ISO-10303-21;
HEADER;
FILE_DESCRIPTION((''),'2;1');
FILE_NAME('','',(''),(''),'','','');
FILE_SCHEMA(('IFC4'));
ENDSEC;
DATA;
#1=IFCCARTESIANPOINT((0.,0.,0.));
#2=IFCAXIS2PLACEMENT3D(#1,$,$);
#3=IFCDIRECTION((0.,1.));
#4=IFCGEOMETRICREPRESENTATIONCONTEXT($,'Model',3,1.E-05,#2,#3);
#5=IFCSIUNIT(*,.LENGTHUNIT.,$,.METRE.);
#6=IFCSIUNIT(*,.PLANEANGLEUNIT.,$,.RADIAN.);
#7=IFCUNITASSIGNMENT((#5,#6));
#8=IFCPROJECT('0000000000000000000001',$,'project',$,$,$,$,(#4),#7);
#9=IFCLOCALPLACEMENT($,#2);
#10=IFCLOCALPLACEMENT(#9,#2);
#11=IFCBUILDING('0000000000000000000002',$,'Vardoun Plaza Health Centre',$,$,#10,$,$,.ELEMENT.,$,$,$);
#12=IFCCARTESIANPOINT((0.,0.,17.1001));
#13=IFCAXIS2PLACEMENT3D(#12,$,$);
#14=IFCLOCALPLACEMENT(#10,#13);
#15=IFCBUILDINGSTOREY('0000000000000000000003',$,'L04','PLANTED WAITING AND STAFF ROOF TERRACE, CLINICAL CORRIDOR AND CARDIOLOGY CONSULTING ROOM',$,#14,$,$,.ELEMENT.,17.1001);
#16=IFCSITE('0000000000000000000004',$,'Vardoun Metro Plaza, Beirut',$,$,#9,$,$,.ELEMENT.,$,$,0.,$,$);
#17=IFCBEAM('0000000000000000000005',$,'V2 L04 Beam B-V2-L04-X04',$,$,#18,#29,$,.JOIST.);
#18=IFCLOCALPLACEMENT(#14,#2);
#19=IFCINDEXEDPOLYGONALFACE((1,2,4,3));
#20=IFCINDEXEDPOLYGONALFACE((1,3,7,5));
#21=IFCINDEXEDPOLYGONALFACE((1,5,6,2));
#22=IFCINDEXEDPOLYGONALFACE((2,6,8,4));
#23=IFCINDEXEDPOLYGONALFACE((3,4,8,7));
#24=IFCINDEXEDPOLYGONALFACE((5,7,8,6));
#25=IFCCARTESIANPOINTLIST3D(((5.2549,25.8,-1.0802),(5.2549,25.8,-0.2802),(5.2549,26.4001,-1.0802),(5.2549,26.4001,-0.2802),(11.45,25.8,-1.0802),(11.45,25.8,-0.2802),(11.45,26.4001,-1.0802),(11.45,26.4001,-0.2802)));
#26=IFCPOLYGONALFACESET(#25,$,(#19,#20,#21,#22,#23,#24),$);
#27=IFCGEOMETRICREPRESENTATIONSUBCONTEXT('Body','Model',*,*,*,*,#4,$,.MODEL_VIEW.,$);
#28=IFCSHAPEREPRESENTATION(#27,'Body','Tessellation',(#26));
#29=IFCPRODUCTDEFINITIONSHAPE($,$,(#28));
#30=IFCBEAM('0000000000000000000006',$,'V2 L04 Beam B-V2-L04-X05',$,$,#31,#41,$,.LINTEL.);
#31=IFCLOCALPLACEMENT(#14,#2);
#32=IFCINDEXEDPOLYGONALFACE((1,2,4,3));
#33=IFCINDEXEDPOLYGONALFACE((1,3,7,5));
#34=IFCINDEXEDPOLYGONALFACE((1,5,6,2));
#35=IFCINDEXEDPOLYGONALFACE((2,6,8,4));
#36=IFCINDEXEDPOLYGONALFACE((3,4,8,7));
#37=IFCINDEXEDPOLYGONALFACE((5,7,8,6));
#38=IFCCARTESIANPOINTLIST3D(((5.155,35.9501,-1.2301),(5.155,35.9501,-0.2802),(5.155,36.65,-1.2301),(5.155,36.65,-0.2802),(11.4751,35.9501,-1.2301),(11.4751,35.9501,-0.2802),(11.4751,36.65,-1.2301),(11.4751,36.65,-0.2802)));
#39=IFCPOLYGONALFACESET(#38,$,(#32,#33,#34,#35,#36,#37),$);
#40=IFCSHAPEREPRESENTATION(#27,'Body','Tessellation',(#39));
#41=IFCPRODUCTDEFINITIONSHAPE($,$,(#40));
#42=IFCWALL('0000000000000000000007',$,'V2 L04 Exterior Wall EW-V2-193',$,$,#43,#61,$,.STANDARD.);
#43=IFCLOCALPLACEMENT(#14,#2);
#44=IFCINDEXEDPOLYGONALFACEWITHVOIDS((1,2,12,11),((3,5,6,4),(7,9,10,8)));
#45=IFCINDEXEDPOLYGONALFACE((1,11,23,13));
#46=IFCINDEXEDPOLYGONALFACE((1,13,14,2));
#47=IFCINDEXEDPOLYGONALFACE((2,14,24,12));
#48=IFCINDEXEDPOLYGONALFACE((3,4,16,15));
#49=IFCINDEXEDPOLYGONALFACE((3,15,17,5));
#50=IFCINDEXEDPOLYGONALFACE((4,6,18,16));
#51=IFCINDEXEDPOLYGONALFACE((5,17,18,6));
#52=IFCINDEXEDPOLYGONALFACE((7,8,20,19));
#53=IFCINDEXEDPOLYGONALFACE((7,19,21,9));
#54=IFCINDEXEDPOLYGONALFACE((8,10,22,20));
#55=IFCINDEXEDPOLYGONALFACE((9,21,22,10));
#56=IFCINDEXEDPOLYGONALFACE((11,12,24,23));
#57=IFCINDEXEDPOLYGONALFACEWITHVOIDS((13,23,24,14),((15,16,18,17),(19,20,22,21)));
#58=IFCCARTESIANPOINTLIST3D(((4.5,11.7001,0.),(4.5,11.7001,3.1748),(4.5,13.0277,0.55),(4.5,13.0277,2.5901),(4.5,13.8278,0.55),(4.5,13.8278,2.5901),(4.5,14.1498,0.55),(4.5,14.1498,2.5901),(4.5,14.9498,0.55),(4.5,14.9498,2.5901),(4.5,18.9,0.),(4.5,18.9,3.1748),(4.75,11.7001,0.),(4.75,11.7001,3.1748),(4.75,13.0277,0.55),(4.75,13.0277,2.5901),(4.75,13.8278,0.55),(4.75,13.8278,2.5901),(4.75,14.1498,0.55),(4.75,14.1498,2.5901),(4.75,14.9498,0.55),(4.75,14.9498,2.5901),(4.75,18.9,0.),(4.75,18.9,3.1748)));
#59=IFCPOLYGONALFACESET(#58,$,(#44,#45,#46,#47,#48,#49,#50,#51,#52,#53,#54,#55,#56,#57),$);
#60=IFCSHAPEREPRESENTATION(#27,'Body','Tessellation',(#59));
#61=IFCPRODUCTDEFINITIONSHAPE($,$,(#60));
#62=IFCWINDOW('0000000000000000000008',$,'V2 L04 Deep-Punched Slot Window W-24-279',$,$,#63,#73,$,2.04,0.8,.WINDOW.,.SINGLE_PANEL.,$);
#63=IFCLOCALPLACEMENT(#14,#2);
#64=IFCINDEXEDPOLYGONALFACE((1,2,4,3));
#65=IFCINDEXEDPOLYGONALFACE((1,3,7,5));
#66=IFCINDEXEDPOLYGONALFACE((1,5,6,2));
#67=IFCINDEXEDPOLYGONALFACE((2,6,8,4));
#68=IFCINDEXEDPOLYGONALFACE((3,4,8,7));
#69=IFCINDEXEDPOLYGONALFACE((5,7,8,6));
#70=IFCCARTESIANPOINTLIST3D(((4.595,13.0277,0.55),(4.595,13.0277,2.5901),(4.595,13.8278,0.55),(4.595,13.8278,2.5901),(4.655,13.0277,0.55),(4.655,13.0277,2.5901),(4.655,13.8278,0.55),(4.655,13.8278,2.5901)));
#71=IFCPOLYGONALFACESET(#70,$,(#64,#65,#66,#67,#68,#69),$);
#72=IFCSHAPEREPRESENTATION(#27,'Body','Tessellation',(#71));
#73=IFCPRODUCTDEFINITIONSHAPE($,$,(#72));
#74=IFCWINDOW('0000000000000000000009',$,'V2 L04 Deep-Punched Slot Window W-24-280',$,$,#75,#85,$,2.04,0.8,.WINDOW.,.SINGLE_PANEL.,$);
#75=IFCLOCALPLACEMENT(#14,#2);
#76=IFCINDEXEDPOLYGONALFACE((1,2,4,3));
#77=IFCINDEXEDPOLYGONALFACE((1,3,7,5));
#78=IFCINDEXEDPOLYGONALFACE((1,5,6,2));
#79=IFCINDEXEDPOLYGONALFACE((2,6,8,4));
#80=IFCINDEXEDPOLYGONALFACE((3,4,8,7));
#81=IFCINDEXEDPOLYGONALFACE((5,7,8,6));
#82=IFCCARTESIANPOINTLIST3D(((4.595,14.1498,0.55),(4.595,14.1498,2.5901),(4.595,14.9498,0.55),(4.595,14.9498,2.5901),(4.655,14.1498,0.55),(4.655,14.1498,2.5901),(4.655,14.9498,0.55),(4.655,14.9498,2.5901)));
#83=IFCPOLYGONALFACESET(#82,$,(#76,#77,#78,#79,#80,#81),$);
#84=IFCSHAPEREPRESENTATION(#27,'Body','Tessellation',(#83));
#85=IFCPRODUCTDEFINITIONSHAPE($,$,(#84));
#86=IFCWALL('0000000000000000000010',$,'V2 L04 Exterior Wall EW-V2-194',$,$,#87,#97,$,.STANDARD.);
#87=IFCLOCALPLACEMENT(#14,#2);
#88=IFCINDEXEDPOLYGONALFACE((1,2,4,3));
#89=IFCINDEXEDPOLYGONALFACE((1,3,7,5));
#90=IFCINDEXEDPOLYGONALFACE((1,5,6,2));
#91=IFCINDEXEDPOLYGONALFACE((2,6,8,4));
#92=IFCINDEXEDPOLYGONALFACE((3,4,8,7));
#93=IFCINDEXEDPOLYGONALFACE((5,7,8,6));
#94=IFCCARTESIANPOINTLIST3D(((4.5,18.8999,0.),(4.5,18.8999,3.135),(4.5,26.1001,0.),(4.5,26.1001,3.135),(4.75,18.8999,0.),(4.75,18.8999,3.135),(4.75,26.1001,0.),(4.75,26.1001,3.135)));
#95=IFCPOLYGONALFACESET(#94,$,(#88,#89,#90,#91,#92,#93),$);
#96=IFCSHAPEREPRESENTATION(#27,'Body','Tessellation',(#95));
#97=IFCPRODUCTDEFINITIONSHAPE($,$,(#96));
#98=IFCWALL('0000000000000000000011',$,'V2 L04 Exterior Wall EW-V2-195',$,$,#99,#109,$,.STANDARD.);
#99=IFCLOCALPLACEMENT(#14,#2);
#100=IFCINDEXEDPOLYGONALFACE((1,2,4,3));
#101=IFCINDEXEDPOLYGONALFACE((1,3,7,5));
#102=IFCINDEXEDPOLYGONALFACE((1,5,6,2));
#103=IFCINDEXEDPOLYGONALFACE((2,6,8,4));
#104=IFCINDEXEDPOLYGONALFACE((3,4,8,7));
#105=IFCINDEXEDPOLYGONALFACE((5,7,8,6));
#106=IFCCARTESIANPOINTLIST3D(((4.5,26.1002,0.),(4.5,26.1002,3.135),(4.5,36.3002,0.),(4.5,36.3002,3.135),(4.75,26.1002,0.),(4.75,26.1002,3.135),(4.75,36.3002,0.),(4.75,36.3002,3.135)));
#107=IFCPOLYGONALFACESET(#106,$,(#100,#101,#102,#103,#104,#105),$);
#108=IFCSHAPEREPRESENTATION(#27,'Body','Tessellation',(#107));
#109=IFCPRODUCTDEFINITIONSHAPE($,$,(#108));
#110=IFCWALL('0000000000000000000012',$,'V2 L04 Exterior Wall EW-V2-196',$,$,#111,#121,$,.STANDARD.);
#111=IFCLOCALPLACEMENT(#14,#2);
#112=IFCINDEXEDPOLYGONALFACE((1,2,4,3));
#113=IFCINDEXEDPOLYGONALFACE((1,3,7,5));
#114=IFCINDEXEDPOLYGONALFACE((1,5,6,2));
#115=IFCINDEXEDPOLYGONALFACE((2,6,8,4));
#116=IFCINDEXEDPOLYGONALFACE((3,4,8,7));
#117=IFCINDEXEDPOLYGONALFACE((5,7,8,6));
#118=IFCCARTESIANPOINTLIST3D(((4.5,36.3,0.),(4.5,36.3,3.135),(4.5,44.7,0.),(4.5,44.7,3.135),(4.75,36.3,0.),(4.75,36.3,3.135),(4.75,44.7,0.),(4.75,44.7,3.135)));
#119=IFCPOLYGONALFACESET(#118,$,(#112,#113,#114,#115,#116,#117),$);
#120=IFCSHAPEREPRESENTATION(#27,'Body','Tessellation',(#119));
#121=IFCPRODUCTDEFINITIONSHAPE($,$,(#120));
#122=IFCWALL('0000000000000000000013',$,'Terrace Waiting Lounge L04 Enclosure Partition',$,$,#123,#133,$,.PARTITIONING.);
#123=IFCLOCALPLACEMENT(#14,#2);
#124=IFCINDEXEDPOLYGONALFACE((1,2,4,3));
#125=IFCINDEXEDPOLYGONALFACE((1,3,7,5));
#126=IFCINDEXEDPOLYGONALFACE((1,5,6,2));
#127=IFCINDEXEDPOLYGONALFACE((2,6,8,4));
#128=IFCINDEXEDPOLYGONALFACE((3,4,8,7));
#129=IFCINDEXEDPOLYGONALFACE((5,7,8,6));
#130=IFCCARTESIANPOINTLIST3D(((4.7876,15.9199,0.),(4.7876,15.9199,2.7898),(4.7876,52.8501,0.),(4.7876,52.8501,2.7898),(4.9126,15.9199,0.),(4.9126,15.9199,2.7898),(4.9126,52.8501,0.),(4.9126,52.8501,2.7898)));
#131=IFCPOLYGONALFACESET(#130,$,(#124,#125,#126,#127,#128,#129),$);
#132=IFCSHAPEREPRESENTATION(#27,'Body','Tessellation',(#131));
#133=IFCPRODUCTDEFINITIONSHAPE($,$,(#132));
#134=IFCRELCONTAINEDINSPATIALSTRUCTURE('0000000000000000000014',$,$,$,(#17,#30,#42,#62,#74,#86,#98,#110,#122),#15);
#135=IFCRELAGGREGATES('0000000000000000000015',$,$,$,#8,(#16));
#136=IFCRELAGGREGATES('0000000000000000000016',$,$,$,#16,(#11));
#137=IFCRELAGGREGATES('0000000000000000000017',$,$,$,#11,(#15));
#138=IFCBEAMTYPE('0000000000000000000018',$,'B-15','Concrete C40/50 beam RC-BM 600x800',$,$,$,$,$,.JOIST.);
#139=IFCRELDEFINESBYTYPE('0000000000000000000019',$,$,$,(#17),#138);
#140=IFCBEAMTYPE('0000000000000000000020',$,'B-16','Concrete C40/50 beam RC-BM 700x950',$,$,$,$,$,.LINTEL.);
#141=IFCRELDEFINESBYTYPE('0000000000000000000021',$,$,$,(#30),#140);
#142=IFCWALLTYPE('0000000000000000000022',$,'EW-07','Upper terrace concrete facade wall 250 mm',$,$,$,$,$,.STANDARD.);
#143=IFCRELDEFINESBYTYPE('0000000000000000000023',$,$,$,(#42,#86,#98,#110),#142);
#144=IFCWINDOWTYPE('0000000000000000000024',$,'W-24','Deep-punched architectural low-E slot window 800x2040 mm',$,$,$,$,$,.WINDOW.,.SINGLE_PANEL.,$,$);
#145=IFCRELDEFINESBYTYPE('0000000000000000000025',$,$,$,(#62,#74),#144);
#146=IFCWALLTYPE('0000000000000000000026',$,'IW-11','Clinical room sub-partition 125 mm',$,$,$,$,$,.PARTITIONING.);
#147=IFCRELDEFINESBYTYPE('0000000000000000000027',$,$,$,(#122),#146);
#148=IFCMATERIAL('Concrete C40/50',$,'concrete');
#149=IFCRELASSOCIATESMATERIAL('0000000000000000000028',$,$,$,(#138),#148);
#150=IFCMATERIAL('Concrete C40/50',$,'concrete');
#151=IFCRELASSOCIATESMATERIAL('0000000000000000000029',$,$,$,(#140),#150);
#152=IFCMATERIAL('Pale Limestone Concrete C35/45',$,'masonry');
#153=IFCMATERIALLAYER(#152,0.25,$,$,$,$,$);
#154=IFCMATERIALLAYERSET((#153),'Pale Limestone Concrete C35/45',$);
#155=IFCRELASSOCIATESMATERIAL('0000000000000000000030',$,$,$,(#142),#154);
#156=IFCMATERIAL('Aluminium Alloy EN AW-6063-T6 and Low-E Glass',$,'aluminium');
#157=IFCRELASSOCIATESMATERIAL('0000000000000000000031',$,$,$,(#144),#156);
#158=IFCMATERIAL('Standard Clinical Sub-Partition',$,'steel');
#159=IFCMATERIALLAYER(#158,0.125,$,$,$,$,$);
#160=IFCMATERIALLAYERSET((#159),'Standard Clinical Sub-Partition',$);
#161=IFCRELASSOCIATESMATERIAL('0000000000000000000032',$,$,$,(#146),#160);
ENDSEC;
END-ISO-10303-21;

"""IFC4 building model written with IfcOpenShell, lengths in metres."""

from ifc_helpers import new_model, si_unit, direction, frame, frame_2d, origin, origin_2d, place, context, subcontext, project, spatial, rectangle, extrude, material, layer, layer_set, material_profile, profile_set, type_object, element, fill, save


model = new_model("IFC4")

# Units and contexts
model_context = context("Model", 3, precision=1e-05, world=origin(), true_north=direction((0.0, 1.0)))
body_context = subcontext(model_context, "Body", "Model", "MODEL_VIEW")
ifc_project = project(units=[si_unit("LENGTHUNIT", "METRE"), si_unit("PLANEANGLEUNIT", "RADIAN")], contexts=[model_context])

# Site, building, storey
site_placement = place(None, origin())
site = spatial("IfcSite", under=ifc_project, at=site_placement, Name="Vardoun Metro Plaza, Beirut", CompositionType="ELEMENT", RefElevation=0.0)
building_placement = place(site_placement, origin())
building = spatial("IfcBuilding", under=site, at=building_placement, Name="Vardoun Plaza Health Centre", CompositionType="ELEMENT")
storey_placement = place(building_placement, frame((0.0, 0.0, 17.1001)))
storey = spatial("IfcBuildingStorey", under=building, at=storey_placement, Name="L04", Description="PLANTED WAITING AND STAFF ROOF TERRACE, CLINICAL CORRIDOR AND CARDIOLOGY CONSULTING ROOM", CompositionType="ELEMENT", Elevation=17.1001)

# Beams
ifc_material_1 = material(Name="Concrete C40/50", Category="concrete")
ifc_material_profile_1 = material_profile(ifc_material_1, rectangle(XDim=0.6001, YDim=0.8, at=origin_2d()), Name="RC-BM 600x800")
ifc_profile_set_1 = profile_set([ifc_material_profile_1], Name="Concrete C40/50")
beam_type_1 = type_object("IfcBeamType", Name="B-15", Description="Concrete C40/50 beam RC-BM 600x800", PredefinedType="JOIST", material=ifc_profile_set_1)
beam_1_placement = place(storey_placement, frame((5.2549, 26.1001, -0.6802), z_axis=(1.0, 0.0, 0.0), x_axis=(0.0, 1.0, 0.0)))
element("IfcBeam", 1, at=beam_1_placement, inside=storey, type_object=beam_type_1, Name="V2 L04 Beam B-V2-L04-X04", PredefinedType="JOIST", context=body_context, shape_type="SweptSolid", body=[
    extrude(rectangle(XDim=0.6001, YDim=0.8, at=origin_2d()), origin(), (0.0, 0.0, 1.0), 6.1951),
])
ifc_material_2 = material(Name="Concrete C40/50", Category="concrete")
ifc_material_profile_2 = material_profile(ifc_material_2, rectangle(XDim=0.7, YDim=0.95, at=origin_2d()), Name="RC-BM 700x950")
ifc_profile_set_2 = profile_set([ifc_material_profile_2], Name="Concrete C40/50")
beam_type_2 = type_object("IfcBeamType", Name="B-16", Description="Concrete C40/50 beam RC-BM 700x950", PredefinedType="LINTEL", material=ifc_profile_set_2)
beam_2_placement = place(storey_placement, frame((5.155, 36.3, -0.7551), z_axis=(1.0, 0.0, 0.0), x_axis=(0.0, 1.0, 0.0)))
element("IfcBeam", 2, at=beam_2_placement, inside=storey, type_object=beam_type_2, Name="V2 L04 Beam B-V2-L04-X05", PredefinedType="LINTEL", context=body_context, shape_type="SweptSolid", body=[
    extrude(rectangle(XDim=0.7, YDim=0.95, at=origin_2d()), origin(), (0.0, 0.0, 1.0), 6.3201),
])

# Wall, openings, windows
ifc_material_3 = material(Name="Pale Limestone Concrete C35/45", Category="masonry")
ifc_layer_1 = layer(ifc_material_3, 0.25)
ifc_layer_set_1 = layer_set([ifc_layer_1], Name="Pale Limestone Concrete C35/45")
wall_type_1 = type_object("IfcWallType", Name="EW-07", Description="Upper terrace concrete facade wall 250 mm", PredefinedType="STANDARD", material=ifc_layer_set_1)
wall_1_placement = place(storey_placement, frame((4.625, 11.7, 0.0), z_axis=(0.0, 0.0, 1.0), x_axis=(0.0, 1.0, 0.0)))
wall_1 = element("IfcWall", 3, at=wall_1_placement, inside=storey, type_object=wall_type_1, Name="V2 L04 Exterior Wall EW-V2-193", PredefinedType="STANDARD", context=body_context, shape_type="SweptSolid", body=[
    extrude(rectangle(XDim=7.2, YDim=0.25, at=frame_2d((3.6001, 0.0))), origin(), (0.0, 0.0, 1.0), 3.1748),
])
opening_1_placement = place(wall_1_placement, frame((1.3279, 0.0, 0.55)))
opening_1 = element("IfcOpeningElement", 4, at=opening_1_placement, cuts=wall_1, PredefinedType="OPENING", context=body_context, shape_type="SweptSolid", body=[
    extrude(rectangle(XDim=0.8, YDim=2.04, at=frame_2d((0.3999, 1.02))), frame((0.0, 0.125, 0.0), z_axis=(0.0, -1.0, 0.0), x_axis=(1.0, 0.0, 0.0)), (0.0, 0.0, 1.0), 0.25),
])
opening_2_placement = place(wall_1_placement, frame((2.45, 0.0, 0.55)))
opening_2 = element("IfcOpeningElement", 5, at=opening_2_placement, cuts=wall_1, PredefinedType="OPENING", context=body_context, shape_type="SweptSolid", body=[
    extrude(rectangle(XDim=0.8, YDim=2.04, at=frame_2d((0.3999, 1.02))), frame((0.0, 0.125, 0.0), z_axis=(0.0, -1.0, 0.0), x_axis=(1.0, 0.0, 0.0)), (0.0, 0.0, 1.0), 0.25),
])
ifc_material_4 = material(Name="Aluminium Alloy EN AW-6063-T6 and Low-E Glass", Category="aluminium")
window_type = type_object("IfcWindowType", Name="W-24", Description="Deep-punched architectural low-E slot window 800x2040 mm", PartitioningType="SINGLE_PANEL", PredefinedType="WINDOW", material=ifc_material_4)
window_1_placement = place(opening_1_placement, origin())
window_1 = element("IfcWindow", 6, at=window_1_placement, inside=storey, type_object=window_type, Name="V2 L04 Deep-Punched Slot Window W-24-279", OverallHeight=2.04, OverallWidth=0.8, PartitioningType="SINGLE_PANEL", PredefinedType="WINDOW", context=body_context, shape_type="SweptSolid", body=[
    extrude(rectangle(XDim=0.8, YDim=2.04, at=frame_2d((0.3999, 1.02))), frame((0.0, 0.03, 0.0), z_axis=(0.0, -1.0, 0.0), x_axis=(1.0, 0.0, 0.0)), (0.0, 0.0, 1.0), 0.0601),
])
fill(opening_1, window_1)
window_2_placement = place(opening_2_placement, origin())
window_2 = element("IfcWindow", 7, at=window_2_placement, inside=storey, type_object=window_type, Name="V2 L04 Deep-Punched Slot Window W-24-280", OverallHeight=2.04, OverallWidth=0.8, PartitioningType="SINGLE_PANEL", PredefinedType="WINDOW", context=body_context, shape_type="SweptSolid", body=[
    extrude(rectangle(XDim=0.8, YDim=2.04, at=frame_2d((0.3999, 1.02))), frame((0.0, 0.03, 0.0), z_axis=(0.0, -1.0, 0.0), x_axis=(1.0, 0.0, 0.0)), (0.0, 0.0, 1.0), 0.0601),
])
fill(opening_2, window_2)

# Walls
wall_2_placement = place(storey_placement, frame((4.625, 18.8999, 0.0), z_axis=(0.0, 0.0, 1.0), x_axis=(0.0, 1.0, 0.0)))
element("IfcWall", 8, at=wall_2_placement, inside=storey, type_object=wall_type_1, Name="V2 L04 Exterior Wall EW-V2-194", PredefinedType="STANDARD", context=body_context, shape_type="SweptSolid", body=[
    extrude(rectangle(XDim=7.2002, YDim=0.25, at=frame_2d((3.6001, 0.0))), origin(), (0.0, 0.0, 1.0), 3.135),
])
wall_3_placement = place(storey_placement, frame((4.625, 26.1001, 0.0), z_axis=(0.0, 0.0, 1.0), x_axis=(0.0, 1.0, 0.0)))
element("IfcWall", 9, at=wall_3_placement, inside=storey, type_object=wall_type_1, Name="V2 L04 Exterior Wall EW-V2-195", PredefinedType="STANDARD", context=body_context, shape_type="SweptSolid", body=[
    extrude(rectangle(XDim=10.2, YDim=0.25, at=frame_2d((5.1001, 0.0))), origin(), (0.0, 0.0, 1.0), 3.135),
])
wall_4_placement = place(storey_placement, frame((4.625, 36.3, 0.0), z_axis=(0.0, 0.0, 1.0), x_axis=(0.0, 1.0, 0.0)))
element("IfcWall", 10, at=wall_4_placement, inside=storey, type_object=wall_type_1, Name="V2 L04 Exterior Wall EW-V2-196", PredefinedType="STANDARD", context=body_context, shape_type="SweptSolid", body=[
    extrude(rectangle(XDim=8.3999, YDim=0.25, at=frame_2d((4.2, 0.0))), origin(), (0.0, 0.0, 1.0), 3.135),
])
ifc_material_5 = material(Name="Standard Clinical Sub-Partition", Category="steel")
ifc_layer_2 = layer(ifc_material_5, 0.125)
ifc_layer_set_2 = layer_set([ifc_layer_2], Name="Standard Clinical Sub-Partition")
wall_type_2 = type_object("IfcWallType", Name="IW-11", Description="Clinical room sub-partition 125 mm", PredefinedType="PARTITIONING", material=ifc_layer_set_2)
wall_5_placement = place(storey_placement, frame((4.8501, 15.9199, 0.0), z_axis=(0.0, 0.0, 1.0), x_axis=(0.0, 1.0, 0.0)))
element("IfcWall", 11, at=wall_5_placement, inside=storey, type_object=wall_type_2, Name="Terrace Waiting Lounge L04 Enclosure Partition", PredefinedType="PARTITIONING", context=body_context, shape_type="SweptSolid", body=[
    extrude(rectangle(XDim=36.9302, YDim=0.125, at=frame_2d((18.4651, 0.0))), origin(), (0.0, 0.0, 1.0), 2.7898),
])

save(model, "model.ifc")
